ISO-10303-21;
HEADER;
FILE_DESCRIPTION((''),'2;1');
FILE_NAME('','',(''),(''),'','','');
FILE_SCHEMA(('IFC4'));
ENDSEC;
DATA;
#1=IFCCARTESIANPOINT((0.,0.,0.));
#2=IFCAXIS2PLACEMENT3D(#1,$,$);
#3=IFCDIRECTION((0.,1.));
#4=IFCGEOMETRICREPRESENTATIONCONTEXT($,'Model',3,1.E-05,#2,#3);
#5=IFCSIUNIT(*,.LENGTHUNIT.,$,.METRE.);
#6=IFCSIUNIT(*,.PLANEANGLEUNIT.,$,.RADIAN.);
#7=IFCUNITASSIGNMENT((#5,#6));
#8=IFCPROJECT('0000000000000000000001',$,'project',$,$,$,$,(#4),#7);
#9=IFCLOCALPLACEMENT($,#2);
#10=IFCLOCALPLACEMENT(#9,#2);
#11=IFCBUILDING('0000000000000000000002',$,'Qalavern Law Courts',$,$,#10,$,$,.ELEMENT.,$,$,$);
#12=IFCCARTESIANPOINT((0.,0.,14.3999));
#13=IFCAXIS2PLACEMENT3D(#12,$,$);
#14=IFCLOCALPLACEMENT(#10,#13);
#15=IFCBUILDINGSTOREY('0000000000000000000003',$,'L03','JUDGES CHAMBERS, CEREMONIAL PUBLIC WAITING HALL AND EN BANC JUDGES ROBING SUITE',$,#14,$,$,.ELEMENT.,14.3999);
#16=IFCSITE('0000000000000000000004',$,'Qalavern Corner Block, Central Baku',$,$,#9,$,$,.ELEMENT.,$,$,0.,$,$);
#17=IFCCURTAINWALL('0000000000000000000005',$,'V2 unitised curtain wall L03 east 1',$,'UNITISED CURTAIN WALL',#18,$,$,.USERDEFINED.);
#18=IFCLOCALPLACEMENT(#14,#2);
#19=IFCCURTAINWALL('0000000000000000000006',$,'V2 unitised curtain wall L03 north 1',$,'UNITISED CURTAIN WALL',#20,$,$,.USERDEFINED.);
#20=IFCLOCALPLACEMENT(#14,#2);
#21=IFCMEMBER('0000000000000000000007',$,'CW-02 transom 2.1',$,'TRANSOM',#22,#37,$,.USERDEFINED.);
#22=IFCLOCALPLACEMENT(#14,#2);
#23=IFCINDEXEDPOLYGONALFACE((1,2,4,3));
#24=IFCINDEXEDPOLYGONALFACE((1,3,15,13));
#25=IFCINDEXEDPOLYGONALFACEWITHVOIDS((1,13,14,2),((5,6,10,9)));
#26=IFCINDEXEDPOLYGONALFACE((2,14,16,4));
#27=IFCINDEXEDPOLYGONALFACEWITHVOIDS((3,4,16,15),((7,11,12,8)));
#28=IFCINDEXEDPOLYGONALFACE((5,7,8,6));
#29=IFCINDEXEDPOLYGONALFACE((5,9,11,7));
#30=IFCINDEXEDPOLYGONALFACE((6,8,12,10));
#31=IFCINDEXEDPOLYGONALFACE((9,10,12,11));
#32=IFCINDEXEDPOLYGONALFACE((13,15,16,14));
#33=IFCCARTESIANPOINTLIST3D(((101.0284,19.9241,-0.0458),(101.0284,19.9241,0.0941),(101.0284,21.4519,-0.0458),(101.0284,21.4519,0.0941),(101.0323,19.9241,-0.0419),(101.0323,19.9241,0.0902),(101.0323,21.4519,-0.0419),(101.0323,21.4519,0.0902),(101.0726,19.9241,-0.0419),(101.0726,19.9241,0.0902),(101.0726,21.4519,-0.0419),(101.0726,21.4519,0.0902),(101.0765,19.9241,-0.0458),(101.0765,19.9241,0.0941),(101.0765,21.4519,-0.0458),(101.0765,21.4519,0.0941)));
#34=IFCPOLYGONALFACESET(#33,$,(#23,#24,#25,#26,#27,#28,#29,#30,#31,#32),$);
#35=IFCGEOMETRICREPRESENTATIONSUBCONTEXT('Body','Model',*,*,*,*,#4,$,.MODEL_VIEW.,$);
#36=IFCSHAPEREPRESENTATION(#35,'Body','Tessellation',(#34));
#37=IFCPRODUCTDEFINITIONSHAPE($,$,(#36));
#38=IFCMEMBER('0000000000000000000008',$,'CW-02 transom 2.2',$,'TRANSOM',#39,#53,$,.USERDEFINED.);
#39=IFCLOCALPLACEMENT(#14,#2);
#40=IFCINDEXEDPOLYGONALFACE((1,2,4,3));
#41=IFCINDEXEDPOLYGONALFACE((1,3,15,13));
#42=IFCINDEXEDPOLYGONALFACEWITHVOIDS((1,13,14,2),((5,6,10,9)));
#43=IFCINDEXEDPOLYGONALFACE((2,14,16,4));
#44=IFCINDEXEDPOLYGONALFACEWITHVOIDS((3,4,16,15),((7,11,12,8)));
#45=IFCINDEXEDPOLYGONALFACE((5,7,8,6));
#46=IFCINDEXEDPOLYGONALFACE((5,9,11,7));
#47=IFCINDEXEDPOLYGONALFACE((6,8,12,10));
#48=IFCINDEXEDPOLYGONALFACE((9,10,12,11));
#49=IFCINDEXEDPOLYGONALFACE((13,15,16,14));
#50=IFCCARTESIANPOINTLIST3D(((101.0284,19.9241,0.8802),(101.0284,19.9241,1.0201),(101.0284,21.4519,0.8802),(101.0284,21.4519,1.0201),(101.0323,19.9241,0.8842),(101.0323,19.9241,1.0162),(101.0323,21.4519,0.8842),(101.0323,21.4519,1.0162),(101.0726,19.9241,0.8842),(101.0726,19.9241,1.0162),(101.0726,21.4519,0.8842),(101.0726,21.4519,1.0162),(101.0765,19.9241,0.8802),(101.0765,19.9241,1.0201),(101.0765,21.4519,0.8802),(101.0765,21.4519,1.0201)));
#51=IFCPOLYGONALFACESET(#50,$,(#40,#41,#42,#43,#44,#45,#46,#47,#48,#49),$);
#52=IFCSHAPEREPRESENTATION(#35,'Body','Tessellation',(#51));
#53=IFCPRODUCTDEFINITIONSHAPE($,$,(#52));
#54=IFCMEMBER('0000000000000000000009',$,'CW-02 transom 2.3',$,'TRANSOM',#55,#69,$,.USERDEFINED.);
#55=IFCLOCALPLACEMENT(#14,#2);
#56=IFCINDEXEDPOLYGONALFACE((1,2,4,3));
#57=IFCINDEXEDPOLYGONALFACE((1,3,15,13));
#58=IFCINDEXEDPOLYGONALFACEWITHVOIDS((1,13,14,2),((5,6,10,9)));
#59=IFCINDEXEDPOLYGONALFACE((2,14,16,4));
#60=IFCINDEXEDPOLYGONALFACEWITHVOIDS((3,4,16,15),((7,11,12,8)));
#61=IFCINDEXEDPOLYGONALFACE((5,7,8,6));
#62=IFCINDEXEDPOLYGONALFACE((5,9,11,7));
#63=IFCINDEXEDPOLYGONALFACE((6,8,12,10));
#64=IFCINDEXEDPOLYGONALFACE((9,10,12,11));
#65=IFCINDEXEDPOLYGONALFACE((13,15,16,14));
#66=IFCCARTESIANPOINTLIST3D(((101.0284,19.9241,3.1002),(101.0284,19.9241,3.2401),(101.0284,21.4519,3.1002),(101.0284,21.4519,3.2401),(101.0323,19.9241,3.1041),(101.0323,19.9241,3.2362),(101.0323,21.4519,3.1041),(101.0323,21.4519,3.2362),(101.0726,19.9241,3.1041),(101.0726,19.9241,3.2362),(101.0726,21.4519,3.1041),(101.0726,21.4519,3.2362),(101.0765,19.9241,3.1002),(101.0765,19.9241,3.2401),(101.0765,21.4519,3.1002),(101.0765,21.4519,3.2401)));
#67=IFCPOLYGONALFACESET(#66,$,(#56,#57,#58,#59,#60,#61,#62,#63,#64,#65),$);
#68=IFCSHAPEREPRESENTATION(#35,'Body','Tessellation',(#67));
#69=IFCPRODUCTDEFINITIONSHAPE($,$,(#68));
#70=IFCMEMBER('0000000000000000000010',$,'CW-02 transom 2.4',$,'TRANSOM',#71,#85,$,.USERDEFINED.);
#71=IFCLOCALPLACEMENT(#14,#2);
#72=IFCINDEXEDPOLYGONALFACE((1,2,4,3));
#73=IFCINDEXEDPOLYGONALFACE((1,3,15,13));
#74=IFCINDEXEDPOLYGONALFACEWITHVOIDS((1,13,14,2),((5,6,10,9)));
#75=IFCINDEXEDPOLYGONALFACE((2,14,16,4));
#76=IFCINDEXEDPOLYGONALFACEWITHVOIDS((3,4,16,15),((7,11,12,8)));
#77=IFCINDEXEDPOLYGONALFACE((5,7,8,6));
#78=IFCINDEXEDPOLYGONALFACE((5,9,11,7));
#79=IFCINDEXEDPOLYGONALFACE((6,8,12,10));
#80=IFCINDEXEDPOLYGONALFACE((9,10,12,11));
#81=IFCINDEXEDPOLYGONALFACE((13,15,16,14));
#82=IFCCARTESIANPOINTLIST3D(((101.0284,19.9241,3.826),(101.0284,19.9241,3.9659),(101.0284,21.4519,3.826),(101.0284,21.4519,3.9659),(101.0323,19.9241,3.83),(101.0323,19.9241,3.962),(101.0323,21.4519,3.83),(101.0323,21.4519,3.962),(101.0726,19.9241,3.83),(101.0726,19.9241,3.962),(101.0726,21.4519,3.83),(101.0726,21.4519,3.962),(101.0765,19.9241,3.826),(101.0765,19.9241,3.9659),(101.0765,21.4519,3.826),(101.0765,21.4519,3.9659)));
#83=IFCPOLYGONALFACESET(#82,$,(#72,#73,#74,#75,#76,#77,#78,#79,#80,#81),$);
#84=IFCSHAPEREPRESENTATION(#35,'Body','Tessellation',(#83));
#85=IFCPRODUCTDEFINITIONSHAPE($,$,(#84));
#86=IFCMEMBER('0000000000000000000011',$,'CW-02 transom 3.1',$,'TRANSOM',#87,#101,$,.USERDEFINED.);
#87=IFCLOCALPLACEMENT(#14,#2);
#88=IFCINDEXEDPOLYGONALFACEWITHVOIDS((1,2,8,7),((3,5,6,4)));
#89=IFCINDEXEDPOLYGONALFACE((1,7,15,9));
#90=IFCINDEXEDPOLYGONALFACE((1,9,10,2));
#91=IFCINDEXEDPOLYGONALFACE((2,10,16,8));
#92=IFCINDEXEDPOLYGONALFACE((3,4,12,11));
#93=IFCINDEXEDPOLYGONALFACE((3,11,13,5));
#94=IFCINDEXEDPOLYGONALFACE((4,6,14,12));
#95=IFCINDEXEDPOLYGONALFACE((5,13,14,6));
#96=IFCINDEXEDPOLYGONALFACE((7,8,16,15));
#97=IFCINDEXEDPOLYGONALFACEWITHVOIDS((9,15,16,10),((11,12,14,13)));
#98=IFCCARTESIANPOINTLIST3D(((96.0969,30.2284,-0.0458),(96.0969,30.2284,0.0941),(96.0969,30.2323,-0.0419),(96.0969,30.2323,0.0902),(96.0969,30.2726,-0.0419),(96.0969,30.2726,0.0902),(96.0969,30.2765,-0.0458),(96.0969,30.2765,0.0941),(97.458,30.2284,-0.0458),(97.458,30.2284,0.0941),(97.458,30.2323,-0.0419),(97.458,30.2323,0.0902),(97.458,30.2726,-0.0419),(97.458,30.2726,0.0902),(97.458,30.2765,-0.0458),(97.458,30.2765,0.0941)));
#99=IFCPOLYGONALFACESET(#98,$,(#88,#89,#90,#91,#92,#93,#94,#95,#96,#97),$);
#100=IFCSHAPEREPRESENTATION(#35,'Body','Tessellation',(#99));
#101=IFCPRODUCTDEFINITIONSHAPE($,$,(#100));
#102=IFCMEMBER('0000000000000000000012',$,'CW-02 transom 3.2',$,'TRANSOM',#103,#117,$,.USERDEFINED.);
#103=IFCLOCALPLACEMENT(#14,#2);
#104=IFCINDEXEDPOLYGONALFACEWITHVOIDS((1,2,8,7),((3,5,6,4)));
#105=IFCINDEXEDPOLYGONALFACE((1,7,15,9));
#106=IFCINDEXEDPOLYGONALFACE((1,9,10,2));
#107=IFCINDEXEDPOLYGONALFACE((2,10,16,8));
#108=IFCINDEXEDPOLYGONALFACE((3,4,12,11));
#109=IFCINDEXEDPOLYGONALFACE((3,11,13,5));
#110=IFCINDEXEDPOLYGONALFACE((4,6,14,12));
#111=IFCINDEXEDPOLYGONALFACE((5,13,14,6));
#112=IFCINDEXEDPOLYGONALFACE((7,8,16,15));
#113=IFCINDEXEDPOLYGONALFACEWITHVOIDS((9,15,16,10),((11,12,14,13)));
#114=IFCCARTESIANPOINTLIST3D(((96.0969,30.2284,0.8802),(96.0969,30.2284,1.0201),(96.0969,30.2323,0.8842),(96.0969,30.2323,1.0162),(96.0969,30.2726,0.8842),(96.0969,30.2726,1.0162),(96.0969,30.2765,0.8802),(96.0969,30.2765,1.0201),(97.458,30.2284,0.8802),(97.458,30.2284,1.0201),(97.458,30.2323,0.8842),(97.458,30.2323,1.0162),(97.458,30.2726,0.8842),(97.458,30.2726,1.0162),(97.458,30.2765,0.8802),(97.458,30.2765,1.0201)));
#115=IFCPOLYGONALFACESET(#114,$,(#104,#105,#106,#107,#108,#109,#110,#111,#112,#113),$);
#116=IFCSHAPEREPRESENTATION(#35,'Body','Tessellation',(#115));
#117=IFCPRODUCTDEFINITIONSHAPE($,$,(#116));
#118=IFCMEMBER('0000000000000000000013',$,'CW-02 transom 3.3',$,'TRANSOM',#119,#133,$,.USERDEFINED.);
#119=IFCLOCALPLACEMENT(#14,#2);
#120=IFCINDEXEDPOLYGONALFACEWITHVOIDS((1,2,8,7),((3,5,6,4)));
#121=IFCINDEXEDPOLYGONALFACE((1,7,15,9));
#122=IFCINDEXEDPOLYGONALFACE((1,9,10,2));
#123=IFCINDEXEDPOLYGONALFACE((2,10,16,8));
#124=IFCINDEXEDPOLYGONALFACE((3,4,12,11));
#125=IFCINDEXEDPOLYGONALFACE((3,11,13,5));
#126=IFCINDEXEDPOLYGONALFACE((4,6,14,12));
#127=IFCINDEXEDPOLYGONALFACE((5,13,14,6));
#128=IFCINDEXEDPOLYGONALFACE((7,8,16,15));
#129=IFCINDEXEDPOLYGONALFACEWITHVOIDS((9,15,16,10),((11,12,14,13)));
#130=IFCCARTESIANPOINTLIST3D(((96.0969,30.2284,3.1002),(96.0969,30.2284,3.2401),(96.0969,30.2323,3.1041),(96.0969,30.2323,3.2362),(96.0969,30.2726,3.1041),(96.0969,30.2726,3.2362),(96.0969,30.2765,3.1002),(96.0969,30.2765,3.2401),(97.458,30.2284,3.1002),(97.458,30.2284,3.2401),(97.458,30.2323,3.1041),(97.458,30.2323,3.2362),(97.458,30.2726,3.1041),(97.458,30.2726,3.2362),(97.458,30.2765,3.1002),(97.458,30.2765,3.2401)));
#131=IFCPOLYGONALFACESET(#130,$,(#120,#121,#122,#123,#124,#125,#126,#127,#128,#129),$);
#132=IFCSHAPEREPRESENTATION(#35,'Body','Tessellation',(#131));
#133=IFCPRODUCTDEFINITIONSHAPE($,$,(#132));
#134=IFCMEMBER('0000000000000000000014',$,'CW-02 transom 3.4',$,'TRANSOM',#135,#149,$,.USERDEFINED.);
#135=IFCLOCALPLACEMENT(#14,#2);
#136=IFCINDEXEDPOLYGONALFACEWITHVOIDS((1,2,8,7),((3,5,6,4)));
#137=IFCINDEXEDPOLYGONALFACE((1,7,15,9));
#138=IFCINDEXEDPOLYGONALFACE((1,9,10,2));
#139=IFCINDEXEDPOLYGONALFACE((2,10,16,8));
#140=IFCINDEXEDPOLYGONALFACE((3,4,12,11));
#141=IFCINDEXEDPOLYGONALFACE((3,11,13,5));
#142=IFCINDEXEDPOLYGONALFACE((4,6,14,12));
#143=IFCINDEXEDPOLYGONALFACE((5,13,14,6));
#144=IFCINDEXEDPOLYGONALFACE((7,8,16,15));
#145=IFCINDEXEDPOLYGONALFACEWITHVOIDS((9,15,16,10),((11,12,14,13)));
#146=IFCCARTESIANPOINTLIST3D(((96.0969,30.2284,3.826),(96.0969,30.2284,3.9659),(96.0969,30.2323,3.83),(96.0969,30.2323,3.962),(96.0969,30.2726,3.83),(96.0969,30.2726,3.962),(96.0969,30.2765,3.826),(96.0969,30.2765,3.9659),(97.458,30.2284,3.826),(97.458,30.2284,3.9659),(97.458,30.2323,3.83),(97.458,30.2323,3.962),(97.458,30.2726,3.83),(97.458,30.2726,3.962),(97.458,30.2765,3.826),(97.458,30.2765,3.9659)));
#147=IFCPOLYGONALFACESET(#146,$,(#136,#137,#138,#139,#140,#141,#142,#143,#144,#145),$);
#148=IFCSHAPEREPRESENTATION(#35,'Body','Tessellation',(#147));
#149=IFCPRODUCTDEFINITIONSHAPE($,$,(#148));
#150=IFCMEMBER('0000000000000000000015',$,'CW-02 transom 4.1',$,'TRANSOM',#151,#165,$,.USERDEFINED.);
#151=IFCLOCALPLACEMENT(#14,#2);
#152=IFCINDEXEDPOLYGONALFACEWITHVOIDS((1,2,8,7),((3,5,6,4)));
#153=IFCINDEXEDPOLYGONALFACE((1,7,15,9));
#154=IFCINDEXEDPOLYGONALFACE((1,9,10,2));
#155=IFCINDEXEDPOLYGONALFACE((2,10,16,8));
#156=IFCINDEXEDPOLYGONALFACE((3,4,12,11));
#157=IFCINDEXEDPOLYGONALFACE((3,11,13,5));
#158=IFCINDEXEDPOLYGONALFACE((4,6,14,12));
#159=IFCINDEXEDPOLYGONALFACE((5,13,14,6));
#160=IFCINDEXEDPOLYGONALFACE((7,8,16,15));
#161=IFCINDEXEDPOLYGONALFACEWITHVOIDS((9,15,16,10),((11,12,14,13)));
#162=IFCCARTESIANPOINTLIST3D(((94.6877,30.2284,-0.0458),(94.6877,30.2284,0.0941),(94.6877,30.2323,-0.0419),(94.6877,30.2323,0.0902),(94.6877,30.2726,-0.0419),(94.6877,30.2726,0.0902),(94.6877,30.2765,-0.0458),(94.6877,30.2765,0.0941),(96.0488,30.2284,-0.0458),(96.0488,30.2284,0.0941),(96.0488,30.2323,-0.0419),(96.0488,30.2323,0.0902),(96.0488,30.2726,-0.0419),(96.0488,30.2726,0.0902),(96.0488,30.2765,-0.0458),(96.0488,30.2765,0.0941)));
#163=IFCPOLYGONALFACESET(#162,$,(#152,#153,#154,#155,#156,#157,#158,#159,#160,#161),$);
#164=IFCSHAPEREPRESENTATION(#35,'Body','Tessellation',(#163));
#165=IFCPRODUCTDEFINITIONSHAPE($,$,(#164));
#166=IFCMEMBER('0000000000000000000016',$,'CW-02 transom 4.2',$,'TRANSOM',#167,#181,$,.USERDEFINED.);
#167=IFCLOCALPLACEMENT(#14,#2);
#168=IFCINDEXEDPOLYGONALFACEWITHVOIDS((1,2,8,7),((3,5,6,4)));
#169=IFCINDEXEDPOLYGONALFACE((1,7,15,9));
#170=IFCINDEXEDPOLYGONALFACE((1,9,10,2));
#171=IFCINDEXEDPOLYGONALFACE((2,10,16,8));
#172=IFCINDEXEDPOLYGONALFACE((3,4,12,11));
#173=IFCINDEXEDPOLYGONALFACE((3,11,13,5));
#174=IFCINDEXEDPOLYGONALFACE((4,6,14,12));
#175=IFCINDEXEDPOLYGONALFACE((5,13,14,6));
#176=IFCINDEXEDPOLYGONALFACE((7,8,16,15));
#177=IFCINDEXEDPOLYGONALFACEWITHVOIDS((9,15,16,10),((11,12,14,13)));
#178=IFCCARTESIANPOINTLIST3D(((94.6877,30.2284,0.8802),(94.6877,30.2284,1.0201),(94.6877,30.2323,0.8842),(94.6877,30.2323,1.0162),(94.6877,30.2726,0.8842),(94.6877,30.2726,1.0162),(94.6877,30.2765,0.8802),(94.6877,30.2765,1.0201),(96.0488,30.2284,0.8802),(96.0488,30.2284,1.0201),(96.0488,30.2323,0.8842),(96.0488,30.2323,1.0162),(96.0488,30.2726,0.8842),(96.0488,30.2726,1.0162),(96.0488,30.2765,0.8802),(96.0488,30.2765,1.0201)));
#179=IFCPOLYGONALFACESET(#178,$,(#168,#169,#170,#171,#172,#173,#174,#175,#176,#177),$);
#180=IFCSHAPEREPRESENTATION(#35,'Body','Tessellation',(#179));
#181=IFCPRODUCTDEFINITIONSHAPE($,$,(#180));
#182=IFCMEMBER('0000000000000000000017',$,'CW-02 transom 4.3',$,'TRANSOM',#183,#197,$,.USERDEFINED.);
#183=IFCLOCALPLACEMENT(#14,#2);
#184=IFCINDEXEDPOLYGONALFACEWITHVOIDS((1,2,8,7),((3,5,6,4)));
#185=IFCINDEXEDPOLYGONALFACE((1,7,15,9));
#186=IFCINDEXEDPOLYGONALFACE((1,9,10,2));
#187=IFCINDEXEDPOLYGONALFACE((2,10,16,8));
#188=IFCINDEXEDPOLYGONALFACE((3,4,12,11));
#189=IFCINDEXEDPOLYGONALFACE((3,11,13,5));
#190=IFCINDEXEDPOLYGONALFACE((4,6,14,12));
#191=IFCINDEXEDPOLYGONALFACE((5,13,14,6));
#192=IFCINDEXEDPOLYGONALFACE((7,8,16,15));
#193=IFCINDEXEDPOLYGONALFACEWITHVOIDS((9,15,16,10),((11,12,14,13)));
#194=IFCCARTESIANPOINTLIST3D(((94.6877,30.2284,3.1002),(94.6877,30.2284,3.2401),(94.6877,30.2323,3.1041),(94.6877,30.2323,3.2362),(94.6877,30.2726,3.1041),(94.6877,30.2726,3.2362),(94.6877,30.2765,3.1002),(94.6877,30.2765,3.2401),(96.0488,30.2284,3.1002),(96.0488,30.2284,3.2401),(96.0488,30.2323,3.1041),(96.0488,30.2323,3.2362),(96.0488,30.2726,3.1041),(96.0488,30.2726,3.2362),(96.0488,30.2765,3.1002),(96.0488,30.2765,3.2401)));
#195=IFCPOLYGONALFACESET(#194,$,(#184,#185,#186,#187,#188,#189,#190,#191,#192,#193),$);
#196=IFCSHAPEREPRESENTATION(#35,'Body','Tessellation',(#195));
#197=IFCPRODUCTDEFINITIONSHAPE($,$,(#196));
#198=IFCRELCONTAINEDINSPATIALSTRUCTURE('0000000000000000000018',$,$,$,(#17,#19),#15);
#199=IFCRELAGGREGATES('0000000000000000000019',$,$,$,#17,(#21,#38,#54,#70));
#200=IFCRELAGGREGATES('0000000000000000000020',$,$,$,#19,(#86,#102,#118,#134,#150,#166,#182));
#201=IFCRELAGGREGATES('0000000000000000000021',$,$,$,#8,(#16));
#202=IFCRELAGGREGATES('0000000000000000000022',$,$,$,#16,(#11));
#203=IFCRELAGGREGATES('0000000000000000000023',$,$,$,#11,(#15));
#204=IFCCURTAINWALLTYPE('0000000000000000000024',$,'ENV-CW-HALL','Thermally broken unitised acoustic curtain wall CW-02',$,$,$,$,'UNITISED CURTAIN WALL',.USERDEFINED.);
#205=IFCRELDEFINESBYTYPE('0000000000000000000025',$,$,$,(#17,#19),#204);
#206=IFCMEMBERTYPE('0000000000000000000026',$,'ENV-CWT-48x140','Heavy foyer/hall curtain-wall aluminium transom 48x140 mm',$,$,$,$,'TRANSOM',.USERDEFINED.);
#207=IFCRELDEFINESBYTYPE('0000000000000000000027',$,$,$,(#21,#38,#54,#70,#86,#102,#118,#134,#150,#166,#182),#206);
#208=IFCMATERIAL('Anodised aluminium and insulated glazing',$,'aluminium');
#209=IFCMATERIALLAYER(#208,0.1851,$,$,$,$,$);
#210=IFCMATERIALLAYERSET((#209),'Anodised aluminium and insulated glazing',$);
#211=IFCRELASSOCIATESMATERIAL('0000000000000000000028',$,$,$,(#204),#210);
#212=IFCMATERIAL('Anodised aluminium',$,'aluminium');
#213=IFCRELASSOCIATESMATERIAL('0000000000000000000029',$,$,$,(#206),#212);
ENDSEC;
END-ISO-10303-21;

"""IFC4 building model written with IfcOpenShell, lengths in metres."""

from ifc_helpers import new_model, si_unit, direction, frame, origin, origin_2d, place, context, subcontext, project, spatial, hollow_rectangle, extrude, material, layer, layer_set, material_profile, profile_set, type_object, element, aggregate, save


model = new_model("IFC4")

# Units and contexts
model_context = context("Model", 3, precision=1e-05, world=origin(), true_north=direction((0.0, 1.0)))
body_context = subcontext(model_context, "Body", "Model", "MODEL_VIEW")
ifc_project = project(units=[si_unit("LENGTHUNIT", "METRE"), si_unit("PLANEANGLEUNIT", "RADIAN")], contexts=[model_context])

# Site, building, storey
site_placement = place(None, origin())
site = spatial("IfcSite", under=ifc_project, at=site_placement, Name="Qalavern Corner Block, Central Baku", CompositionType="ELEMENT", RefElevation=0.0)
building_placement = place(site_placement, origin())
building = spatial("IfcBuilding", under=site, at=building_placement, Name="Qalavern Law Courts", CompositionType="ELEMENT")
storey_placement = place(building_placement, frame((0.0, 0.0, 14.3999)))
storey = spatial("IfcBuildingStorey", under=building, at=storey_placement, Name="L03", Description="JUDGES CHAMBERS, CEREMONIAL PUBLIC WAITING HALL AND EN BANC JUDGES ROBING SUITE", CompositionType="ELEMENT", Elevation=14.3999)

# Curtain walls
ifc_material_1 = material(Name="Anodised aluminium and insulated glazing", Category="aluminium")
ifc_layer_1 = layer(ifc_material_1, 0.1851)
ifc_layer_set_1 = layer_set([ifc_layer_1], Name="Anodised aluminium and insulated glazing")
curtain_wall_type = type_object("IfcCurtainWallType", Name="ENV-CW-HALL", Description="Thermally broken unitised acoustic curtain wall CW-02", ElementType="UNITISED CURTAIN WALL", PredefinedType="USERDEFINED", material=ifc_layer_set_1)
curtain_wall_1_placement = place(storey_placement, origin())
curtain_wall_1 = element("IfcCurtainWall", 1, at=curtain_wall_1_placement, inside=storey, type_object=curtain_wall_type, Name="V2 unitised curtain wall L03 east 1", ObjectType="UNITISED CURTAIN WALL", PredefinedType="USERDEFINED")
ifc_material_2 = material(Name="Anodised aluminium", Category="aluminium")
curtain_wall_2_placement = place(storey_placement, origin())
curtain_wall_2 = element("IfcCurtainWall", 2, at=curtain_wall_2_placement, inside=storey, type_object=curtain_wall_type, Name="V2 unitised curtain wall L03 north 1", ObjectType="UNITISED CURTAIN WALL", PredefinedType="USERDEFINED")

# Members
ifc_material_profile_1 = material_profile(ifc_material_2, hollow_rectangle(XDim=0.0481, YDim=0.1399, WallThickness=0.0039, at=origin_2d()), Name="ALU TRANSOM 48x140")
ifc_profile_set_1 = profile_set([ifc_material_profile_1], Name="Anodised aluminium")
member_type_1 = type_object("IfcMemberType", Name="ENV-CWT-48x140", Description="Heavy foyer/hall curtain-wall aluminium transom 48x140 mm", ElementType="TRANSOM", PredefinedType="USERDEFINED", material=ifc_profile_set_1)
member_1_placement = place(storey_placement, frame((101.0525, 19.9241, 0.0242), z_axis=(0.0, 1.0, 0.0), x_axis=(-1.0, 0.0, 0.0)))
member_1 = element("IfcMember", 3, at=member_1_placement, type_object=member_type_1, Name="CW-02 transom 2.1", ObjectType="TRANSOM", PredefinedType="USERDEFINED", context=body_context, shape_type="SweptSolid", body=[
    extrude(hollow_rectangle(XDim=0.0481, YDim=0.1399, WallThickness=0.0039, at=origin_2d()), origin(), (0.0, 0.0, 1.0), 1.5278),
])
member_2_placement = place(storey_placement, frame((101.0525, 19.9241, 0.9502), z_axis=(0.0, 1.0, 0.0), x_axis=(-1.0, 0.0, 0.0)))
member_2 = element("IfcMember", 4, at=member_2_placement, type_object=member_type_1, Name="CW-02 transom 2.2", ObjectType="TRANSOM", PredefinedType="USERDEFINED", context=body_context, shape_type="SweptSolid", body=[
    extrude(hollow_rectangle(XDim=0.0481, YDim=0.1399, WallThickness=0.0039, at=origin_2d()), origin(), (0.0, 0.0, 1.0), 1.5278),
])
member_3_placement = place(storey_placement, frame((101.0525, 19.9241, 3.1702), z_axis=(0.0, 1.0, 0.0), x_axis=(-1.0, 0.0, 0.0)))
member_3 = element("IfcMember", 5, at=member_3_placement, type_object=member_type_1, Name="CW-02 transom 2.3", ObjectType="TRANSOM", PredefinedType="USERDEFINED", context=body_context, shape_type="SweptSolid", body=[
    extrude(hollow_rectangle(XDim=0.0481, YDim=0.1399, WallThickness=0.0039, at=origin_2d()), origin(), (0.0, 0.0, 1.0), 1.5278),
])
member_4_placement = place(storey_placement, frame((101.0525, 19.9241, 3.896), z_axis=(0.0, 1.0, 0.0), x_axis=(-1.0, 0.0, 0.0)))
member_4 = element("IfcMember", 6, at=member_4_placement, type_object=member_type_1, Name="CW-02 transom 2.4", ObjectType="TRANSOM", PredefinedType="USERDEFINED", context=body_context, shape_type="SweptSolid", body=[
    extrude(hollow_rectangle(XDim=0.0481, YDim=0.1399, WallThickness=0.0039, at=origin_2d()), origin(), (0.0, 0.0, 1.0), 1.5278),
])
member_5_placement = place(storey_placement, frame((97.458, 30.2524, 0.0242), z_axis=(-1.0, 0.0, 0.0), x_axis=(0.0, -1.0, 0.0)))
member_5 = element("IfcMember", 7, at=member_5_placement, type_object=member_type_1, Name="CW-02 transom 3.1", ObjectType="TRANSOM", PredefinedType="USERDEFINED", context=body_context, shape_type="SweptSolid", body=[
    extrude(hollow_rectangle(XDim=0.0481, YDim=0.1399, WallThickness=0.0039, at=origin_2d()), origin(), (0.0, 0.0, 1.0), 1.3611),
])
member_6_placement = place(storey_placement, frame((97.458, 30.2524, 0.9502), z_axis=(-1.0, 0.0, 0.0), x_axis=(0.0, -1.0, 0.0)))
member_6 = element("IfcMember", 8, at=member_6_placement, type_object=member_type_1, Name="CW-02 transom 3.2", ObjectType="TRANSOM", PredefinedType="USERDEFINED", context=body_context, shape_type="SweptSolid", body=[
    extrude(hollow_rectangle(XDim=0.0481, YDim=0.1399, WallThickness=0.0039, at=origin_2d()), origin(), (0.0, 0.0, 1.0), 1.3611),
])
member_7_placement = place(storey_placement, frame((97.458, 30.2524, 3.1702), z_axis=(-1.0, 0.0, 0.0), x_axis=(0.0, -1.0, 0.0)))
member_7 = element("IfcMember", 9, at=member_7_placement, type_object=member_type_1, Name="CW-02 transom 3.3", ObjectType="TRANSOM", PredefinedType="USERDEFINED", context=body_context, shape_type="SweptSolid", body=[
    extrude(hollow_rectangle(XDim=0.0481, YDim=0.1399, WallThickness=0.0039, at=origin_2d()), origin(), (0.0, 0.0, 1.0), 1.3611),
])
member_8_placement = place(storey_placement, frame((97.458, 30.2524, 3.896), z_axis=(-1.0, 0.0, 0.0), x_axis=(0.0, -1.0, 0.0)))
member_8 = element("IfcMember", 10, at=member_8_placement, type_object=member_type_1, Name="CW-02 transom 3.4", ObjectType="TRANSOM", PredefinedType="USERDEFINED", context=body_context, shape_type="SweptSolid", body=[
    extrude(hollow_rectangle(XDim=0.0481, YDim=0.1399, WallThickness=0.0039, at=origin_2d()), origin(), (0.0, 0.0, 1.0), 1.3611),
])
member_9_placement = place(storey_placement, frame((96.0488, 30.2524, 0.0242), z_axis=(-1.0, 0.0, 0.0), x_axis=(0.0, -1.0, 0.0)))
member_9 = element("IfcMember", 11, at=member_9_placement, type_object=member_type_1, Name="CW-02 transom 4.1", ObjectType="TRANSOM", PredefinedType="USERDEFINED", context=body_context, shape_type="SweptSolid", body=[
    extrude(hollow_rectangle(XDim=0.0481, YDim=0.1399, WallThickness=0.0039, at=origin_2d()), origin(), (0.0, 0.0, 1.0), 1.3611),
])
member_10_placement = place(storey_placement, frame((96.0488, 30.2524, 0.9502), z_axis=(-1.0, 0.0, 0.0), x_axis=(0.0, -1.0, 0.0)))
member_10 = element("IfcMember", 12, at=member_10_placement, type_object=member_type_1, Name="CW-02 transom 4.2", ObjectType="TRANSOM", PredefinedType="USERDEFINED", context=body_context, shape_type="SweptSolid", body=[
    extrude(hollow_rectangle(XDim=0.0481, YDim=0.1399, WallThickness=0.0039, at=origin_2d()), origin(), (0.0, 0.0, 1.0), 1.3611),
])
member_11_placement = place(storey_placement, frame((96.0488, 30.2524, 3.1702), z_axis=(-1.0, 0.0, 0.0), x_axis=(0.0, -1.0, 0.0)))
member_11 = element("IfcMember", 13, at=member_11_placement, type_object=member_type_1, Name="CW-02 transom 4.3", ObjectType="TRANSOM", PredefinedType="USERDEFINED", context=body_context, shape_type="SweptSolid", body=[
    extrude(hollow_rectangle(XDim=0.0481, YDim=0.1399, WallThickness=0.0039, at=origin_2d()), origin(), (0.0, 0.0, 1.0), 1.3611),
])

aggregate(curtain_wall_1, [member_1, member_2, member_3, member_4])
aggregate(curtain_wall_2, [member_5, member_6, member_7, member_8, member_9, member_10, member_11])

save(model, "model.ifc")
